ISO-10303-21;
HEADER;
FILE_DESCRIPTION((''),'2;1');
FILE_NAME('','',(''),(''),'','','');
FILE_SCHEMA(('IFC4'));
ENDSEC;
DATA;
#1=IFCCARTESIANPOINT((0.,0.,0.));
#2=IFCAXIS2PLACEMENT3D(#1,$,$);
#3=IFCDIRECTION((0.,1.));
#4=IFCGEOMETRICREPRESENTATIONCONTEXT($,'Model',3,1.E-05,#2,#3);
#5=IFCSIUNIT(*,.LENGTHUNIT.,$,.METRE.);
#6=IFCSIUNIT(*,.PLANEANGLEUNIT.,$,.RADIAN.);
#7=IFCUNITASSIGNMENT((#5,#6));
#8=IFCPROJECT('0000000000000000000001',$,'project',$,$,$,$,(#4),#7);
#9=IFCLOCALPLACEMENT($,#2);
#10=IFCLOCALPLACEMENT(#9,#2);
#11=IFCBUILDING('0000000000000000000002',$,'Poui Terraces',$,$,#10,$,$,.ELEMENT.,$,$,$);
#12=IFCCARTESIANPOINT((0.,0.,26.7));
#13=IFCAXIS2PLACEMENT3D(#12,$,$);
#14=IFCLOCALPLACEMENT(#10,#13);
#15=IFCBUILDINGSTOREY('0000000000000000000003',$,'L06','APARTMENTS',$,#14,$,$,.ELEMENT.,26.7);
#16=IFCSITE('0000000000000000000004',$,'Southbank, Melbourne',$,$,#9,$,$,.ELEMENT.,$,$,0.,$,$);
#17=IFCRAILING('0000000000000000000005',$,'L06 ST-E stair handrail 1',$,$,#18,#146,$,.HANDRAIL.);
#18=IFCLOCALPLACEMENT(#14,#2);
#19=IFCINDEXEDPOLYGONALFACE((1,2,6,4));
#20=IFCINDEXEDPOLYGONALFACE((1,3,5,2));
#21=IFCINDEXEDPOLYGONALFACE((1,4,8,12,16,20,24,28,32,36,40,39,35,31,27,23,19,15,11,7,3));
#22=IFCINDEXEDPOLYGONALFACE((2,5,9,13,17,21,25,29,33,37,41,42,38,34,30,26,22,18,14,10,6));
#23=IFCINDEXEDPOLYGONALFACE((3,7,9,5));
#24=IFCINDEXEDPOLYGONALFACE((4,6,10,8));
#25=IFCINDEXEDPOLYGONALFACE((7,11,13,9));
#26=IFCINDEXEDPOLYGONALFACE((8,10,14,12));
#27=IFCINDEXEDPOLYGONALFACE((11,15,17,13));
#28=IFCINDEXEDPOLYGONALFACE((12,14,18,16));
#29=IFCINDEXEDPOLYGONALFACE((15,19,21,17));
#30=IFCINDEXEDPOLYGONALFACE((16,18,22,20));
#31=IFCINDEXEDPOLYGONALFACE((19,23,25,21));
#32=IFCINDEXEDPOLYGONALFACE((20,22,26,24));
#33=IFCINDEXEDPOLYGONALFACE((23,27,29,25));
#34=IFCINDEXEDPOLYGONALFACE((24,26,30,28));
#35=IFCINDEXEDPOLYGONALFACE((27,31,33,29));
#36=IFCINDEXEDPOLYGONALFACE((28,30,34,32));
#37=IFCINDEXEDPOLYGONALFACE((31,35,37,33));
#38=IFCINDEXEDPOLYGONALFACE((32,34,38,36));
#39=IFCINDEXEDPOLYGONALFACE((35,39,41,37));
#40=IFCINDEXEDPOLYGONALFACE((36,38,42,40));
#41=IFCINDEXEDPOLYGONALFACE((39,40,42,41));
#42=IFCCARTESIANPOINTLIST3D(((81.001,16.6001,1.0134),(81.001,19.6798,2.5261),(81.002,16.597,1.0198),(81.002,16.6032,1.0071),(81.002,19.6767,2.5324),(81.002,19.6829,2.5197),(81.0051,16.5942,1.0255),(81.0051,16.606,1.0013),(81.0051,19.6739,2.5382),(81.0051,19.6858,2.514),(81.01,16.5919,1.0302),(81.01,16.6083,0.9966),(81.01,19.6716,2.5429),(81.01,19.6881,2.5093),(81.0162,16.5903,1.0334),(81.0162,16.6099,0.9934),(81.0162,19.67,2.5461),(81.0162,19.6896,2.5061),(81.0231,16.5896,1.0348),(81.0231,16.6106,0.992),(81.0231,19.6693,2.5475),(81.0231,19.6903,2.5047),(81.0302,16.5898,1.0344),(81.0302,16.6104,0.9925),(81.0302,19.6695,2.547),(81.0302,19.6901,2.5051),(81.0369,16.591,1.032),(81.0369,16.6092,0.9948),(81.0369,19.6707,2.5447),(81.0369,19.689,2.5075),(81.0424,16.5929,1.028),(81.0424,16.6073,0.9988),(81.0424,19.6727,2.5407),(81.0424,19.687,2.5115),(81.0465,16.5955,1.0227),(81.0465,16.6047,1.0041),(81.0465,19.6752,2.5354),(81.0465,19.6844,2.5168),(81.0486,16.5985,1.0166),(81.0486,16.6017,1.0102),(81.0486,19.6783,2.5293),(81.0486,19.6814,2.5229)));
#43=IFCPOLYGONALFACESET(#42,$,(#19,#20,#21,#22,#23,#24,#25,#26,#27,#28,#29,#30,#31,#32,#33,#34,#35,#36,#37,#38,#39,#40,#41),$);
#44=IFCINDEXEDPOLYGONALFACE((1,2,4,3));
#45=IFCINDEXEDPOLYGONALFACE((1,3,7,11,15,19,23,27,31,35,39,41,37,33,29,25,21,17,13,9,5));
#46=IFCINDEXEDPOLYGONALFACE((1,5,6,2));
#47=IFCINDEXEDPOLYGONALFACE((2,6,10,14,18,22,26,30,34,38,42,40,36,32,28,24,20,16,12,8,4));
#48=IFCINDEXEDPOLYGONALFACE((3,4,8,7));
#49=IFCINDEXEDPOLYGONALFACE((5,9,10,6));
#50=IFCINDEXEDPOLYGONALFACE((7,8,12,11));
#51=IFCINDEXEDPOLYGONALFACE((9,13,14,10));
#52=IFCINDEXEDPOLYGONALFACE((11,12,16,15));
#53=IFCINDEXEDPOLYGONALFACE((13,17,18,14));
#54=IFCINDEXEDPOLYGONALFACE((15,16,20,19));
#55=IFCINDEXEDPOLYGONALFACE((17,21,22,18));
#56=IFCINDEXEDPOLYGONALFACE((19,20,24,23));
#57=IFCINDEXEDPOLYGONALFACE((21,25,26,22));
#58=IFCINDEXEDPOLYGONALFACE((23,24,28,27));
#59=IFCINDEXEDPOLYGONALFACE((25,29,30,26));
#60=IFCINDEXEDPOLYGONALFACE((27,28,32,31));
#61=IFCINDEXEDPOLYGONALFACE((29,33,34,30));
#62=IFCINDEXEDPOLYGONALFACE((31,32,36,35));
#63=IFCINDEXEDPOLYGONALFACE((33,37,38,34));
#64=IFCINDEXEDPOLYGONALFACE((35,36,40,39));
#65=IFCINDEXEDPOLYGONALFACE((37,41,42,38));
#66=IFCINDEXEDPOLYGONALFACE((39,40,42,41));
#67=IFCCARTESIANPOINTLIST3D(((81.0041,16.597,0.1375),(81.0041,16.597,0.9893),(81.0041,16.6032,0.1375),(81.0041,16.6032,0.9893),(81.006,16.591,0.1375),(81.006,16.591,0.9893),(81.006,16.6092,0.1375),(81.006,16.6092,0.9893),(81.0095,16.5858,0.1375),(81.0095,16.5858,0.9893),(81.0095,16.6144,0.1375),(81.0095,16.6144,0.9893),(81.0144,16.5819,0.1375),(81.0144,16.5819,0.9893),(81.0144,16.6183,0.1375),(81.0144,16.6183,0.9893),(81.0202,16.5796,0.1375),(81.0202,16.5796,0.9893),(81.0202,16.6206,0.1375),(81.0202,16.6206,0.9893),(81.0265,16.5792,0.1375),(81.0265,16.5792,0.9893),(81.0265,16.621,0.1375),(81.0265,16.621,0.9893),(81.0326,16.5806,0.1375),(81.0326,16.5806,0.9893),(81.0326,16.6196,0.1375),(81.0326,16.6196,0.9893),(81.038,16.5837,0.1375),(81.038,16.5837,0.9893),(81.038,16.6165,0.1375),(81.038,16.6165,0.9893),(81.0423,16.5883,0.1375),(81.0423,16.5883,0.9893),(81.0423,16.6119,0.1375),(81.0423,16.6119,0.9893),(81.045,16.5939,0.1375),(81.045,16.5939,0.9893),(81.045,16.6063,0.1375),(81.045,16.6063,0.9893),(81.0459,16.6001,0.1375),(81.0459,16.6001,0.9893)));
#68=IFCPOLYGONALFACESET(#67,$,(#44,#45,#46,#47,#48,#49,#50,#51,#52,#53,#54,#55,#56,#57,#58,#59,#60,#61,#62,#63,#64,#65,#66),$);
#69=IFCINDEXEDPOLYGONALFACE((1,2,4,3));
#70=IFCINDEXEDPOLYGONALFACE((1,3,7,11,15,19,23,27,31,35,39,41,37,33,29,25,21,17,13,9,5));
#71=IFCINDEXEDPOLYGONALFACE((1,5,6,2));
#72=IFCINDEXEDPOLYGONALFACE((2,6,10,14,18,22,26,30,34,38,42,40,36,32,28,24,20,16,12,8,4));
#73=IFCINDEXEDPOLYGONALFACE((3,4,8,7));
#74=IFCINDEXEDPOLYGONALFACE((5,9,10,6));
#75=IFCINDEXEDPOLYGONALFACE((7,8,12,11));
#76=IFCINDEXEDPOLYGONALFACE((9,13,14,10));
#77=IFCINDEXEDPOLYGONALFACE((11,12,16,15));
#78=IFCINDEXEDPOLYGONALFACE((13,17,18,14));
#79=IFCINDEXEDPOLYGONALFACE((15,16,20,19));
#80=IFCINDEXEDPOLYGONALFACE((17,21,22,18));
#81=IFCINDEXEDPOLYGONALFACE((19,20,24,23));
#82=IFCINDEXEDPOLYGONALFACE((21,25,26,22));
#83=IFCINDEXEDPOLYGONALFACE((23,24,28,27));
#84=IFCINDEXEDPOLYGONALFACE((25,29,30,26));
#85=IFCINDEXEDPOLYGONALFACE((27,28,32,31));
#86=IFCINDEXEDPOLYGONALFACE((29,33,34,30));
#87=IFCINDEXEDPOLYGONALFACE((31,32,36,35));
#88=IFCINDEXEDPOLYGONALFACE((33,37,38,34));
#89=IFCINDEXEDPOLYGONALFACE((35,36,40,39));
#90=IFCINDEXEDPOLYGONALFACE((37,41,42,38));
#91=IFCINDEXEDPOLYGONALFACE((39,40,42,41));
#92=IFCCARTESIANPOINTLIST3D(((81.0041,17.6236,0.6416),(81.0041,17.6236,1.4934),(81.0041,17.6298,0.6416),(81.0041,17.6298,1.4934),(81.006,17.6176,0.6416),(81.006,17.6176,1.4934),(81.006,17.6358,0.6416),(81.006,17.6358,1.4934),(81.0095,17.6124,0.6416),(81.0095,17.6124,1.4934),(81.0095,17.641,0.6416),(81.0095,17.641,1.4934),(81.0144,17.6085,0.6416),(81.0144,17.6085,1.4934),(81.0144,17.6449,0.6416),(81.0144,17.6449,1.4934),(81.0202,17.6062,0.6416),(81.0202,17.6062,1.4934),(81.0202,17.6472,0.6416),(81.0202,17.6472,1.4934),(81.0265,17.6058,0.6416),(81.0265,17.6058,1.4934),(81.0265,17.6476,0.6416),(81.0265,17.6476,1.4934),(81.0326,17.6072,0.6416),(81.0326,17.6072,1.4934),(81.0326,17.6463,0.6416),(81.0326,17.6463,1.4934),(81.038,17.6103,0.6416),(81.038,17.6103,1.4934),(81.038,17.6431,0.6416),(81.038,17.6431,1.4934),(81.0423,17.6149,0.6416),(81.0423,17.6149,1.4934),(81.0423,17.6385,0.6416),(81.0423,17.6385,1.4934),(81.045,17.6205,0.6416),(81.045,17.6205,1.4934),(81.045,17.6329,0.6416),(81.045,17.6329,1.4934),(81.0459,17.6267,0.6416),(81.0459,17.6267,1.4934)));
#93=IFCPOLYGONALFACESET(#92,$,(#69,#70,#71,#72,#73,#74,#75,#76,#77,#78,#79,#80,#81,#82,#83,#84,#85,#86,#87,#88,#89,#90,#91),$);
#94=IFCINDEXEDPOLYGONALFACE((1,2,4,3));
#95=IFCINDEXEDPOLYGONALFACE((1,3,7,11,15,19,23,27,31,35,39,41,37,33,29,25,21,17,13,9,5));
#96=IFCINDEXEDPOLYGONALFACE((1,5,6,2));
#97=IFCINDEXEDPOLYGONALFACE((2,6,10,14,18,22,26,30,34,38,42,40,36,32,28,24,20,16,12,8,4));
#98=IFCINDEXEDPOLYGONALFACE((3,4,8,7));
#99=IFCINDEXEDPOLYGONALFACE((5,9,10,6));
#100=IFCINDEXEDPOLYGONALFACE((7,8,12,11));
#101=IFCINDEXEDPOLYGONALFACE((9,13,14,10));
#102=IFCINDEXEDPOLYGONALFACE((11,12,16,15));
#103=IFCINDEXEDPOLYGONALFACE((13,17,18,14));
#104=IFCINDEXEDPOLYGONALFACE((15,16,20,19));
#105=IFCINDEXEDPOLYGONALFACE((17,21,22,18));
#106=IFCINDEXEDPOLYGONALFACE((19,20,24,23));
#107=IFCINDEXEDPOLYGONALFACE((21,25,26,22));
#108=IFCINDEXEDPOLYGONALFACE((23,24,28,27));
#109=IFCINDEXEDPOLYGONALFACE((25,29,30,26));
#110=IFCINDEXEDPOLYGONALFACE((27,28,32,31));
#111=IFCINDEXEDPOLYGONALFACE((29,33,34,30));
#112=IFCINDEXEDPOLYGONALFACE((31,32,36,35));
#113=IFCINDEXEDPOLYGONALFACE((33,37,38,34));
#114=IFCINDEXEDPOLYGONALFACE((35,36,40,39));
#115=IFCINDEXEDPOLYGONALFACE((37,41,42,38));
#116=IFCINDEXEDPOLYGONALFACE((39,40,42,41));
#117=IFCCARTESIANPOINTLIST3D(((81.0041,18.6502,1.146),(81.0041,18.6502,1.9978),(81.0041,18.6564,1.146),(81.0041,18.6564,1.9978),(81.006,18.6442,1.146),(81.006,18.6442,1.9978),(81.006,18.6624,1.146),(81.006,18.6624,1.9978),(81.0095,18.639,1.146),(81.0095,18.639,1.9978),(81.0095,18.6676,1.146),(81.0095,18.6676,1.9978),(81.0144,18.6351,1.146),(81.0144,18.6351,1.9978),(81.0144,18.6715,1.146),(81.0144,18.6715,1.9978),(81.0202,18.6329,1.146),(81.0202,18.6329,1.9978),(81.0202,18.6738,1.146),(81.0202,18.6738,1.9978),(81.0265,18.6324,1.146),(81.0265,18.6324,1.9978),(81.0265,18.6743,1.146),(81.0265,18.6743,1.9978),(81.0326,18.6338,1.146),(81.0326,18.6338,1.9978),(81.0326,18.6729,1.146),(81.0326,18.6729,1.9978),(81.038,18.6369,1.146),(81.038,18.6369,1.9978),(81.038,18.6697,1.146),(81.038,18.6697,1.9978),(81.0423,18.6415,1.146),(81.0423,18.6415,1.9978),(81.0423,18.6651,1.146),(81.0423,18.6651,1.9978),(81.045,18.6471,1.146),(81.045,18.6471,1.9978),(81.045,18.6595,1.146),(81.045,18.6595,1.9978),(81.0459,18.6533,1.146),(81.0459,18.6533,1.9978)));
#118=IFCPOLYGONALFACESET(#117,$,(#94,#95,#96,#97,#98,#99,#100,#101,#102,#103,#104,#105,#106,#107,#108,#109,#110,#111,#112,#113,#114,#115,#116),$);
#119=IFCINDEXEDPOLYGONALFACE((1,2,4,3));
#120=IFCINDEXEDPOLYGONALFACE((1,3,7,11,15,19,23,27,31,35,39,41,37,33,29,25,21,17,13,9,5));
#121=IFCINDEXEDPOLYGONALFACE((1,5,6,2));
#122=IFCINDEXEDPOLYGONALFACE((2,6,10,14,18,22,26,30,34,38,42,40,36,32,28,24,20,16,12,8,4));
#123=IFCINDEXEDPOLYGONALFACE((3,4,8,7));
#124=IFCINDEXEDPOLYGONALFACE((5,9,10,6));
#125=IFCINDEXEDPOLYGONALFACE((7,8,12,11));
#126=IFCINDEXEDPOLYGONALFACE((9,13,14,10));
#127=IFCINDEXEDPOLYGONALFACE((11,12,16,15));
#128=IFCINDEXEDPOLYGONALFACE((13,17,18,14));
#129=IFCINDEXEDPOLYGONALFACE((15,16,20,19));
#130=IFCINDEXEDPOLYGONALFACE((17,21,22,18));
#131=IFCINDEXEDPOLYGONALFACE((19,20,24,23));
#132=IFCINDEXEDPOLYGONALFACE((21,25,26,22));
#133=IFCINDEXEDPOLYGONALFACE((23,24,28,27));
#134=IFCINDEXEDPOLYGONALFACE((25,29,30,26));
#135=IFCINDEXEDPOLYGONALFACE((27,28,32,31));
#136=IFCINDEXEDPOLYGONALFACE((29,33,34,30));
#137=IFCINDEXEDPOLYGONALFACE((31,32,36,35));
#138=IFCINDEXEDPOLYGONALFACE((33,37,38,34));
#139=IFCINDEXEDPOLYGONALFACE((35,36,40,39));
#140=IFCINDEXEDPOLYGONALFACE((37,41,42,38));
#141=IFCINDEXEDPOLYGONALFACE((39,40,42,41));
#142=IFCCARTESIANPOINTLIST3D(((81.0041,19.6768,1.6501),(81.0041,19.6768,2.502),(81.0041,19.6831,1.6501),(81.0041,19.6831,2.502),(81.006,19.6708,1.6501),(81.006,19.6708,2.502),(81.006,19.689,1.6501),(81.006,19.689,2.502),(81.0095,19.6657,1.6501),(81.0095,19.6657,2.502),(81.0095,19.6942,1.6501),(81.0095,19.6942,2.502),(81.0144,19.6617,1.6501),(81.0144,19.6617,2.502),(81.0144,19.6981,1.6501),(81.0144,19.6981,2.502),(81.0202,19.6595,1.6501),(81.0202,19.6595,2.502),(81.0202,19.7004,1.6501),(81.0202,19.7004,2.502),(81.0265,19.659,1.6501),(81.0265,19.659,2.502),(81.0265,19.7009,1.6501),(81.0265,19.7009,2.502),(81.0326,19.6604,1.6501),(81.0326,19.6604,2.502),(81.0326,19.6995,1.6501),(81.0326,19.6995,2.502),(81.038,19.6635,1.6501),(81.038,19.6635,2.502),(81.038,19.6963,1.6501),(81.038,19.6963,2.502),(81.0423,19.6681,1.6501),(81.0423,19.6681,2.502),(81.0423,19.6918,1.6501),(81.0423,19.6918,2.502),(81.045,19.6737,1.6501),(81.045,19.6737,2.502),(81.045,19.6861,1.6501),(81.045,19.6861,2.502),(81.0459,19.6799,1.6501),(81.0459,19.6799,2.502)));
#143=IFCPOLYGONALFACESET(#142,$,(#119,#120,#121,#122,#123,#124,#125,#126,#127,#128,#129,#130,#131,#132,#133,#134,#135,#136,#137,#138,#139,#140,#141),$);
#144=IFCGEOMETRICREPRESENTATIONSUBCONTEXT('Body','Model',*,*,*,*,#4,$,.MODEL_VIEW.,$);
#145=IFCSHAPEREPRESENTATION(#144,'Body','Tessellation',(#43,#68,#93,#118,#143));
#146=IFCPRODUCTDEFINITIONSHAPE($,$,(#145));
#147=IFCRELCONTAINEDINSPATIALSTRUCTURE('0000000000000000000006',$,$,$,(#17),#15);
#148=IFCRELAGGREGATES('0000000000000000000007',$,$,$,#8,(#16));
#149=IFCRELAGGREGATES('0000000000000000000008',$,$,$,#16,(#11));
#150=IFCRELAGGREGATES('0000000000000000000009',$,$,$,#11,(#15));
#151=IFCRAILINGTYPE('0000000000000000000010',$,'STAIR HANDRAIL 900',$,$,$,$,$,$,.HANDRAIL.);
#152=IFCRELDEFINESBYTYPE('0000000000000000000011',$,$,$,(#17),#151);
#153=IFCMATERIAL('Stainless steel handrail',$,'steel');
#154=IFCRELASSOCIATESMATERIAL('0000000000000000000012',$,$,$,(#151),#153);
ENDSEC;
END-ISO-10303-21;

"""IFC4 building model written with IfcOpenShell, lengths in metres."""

from ifc_helpers import new_model, si_unit, direction, frame, origin, origin_2d, place, context, subcontext, project, spatial, circle, extrude, material, type_object, element, save


model = new_model("IFC4")

# Units and contexts
model_context = context("Model", 3, precision=1e-05, world=origin(), true_north=direction((0.0, 1.0)))
body_context = subcontext(model_context, "Body", "Model", "MODEL_VIEW")
ifc_project = project(units=[si_unit("LENGTHUNIT", "METRE"), si_unit("PLANEANGLEUNIT", "RADIAN")], contexts=[model_context])

# Site, building, storey
site_placement = place(None, origin())
site = spatial("IfcSite", under=ifc_project, at=site_placement, Name="Southbank, Melbourne", CompositionType="ELEMENT", RefElevation=0.0)
building_placement = place(site_placement, origin())
building = spatial("IfcBuilding", under=site, at=building_placement, Name="Poui Terraces", CompositionType="ELEMENT")
storey_placement = place(building_placement, frame((0.0, 0.0, 26.7)))
storey = spatial("IfcBuildingStorey", under=building, at=storey_placement, Name="L06", Description="APARTMENTS", CompositionType="ELEMENT", Elevation=26.7)

# Railing
ifc_material_1 = material(Name="Stainless steel handrail", Category="steel")
railing_type_1 = type_object("IfcRailingType", Name="STAIR HANDRAIL 900", PredefinedType="HANDRAIL", material=ifc_material_1)
railing_1_placement = place(storey_placement, frame((81.0249, 16.6001, 0.1375)))
element("IfcRailing", 1, at=railing_1_placement, inside=storey, type_object=railing_type_1, Name="L06 ST-E stair handrail 1", PredefinedType="HANDRAIL", context=body_context, shape_type="SweptSolid", body=[
    extrude(circle(Radius=0.0239, at=origin_2d()), frame((0.0, 0.0, 0.876), z_axis=(0.0, 0.897578, 0.440856), x_axis=(-1.0, 0.0, 0.0)), (0.0, 0.0, 1.0), 3.4312),
    extrude(circle(Radius=0.021, at=origin_2d()), origin(), (0.0, 0.0, 1.0), 0.8518),
    extrude(circle(Radius=0.021, at=origin_2d()), frame((0.0, 1.0266, 0.5042)), (0.0, 0.0, 1.0), 0.8518),
    extrude(circle(Radius=0.021, at=origin_2d()), frame((0.0, 2.0532, 1.0085)), (0.0, 0.0, 1.0), 0.8518),
    extrude(circle(Radius=0.021, at=origin_2d()), frame((0.0, 3.0798, 1.5127)), (0.0, 0.0, 1.0), 0.8518),
])

save(model, "model.ifc")
